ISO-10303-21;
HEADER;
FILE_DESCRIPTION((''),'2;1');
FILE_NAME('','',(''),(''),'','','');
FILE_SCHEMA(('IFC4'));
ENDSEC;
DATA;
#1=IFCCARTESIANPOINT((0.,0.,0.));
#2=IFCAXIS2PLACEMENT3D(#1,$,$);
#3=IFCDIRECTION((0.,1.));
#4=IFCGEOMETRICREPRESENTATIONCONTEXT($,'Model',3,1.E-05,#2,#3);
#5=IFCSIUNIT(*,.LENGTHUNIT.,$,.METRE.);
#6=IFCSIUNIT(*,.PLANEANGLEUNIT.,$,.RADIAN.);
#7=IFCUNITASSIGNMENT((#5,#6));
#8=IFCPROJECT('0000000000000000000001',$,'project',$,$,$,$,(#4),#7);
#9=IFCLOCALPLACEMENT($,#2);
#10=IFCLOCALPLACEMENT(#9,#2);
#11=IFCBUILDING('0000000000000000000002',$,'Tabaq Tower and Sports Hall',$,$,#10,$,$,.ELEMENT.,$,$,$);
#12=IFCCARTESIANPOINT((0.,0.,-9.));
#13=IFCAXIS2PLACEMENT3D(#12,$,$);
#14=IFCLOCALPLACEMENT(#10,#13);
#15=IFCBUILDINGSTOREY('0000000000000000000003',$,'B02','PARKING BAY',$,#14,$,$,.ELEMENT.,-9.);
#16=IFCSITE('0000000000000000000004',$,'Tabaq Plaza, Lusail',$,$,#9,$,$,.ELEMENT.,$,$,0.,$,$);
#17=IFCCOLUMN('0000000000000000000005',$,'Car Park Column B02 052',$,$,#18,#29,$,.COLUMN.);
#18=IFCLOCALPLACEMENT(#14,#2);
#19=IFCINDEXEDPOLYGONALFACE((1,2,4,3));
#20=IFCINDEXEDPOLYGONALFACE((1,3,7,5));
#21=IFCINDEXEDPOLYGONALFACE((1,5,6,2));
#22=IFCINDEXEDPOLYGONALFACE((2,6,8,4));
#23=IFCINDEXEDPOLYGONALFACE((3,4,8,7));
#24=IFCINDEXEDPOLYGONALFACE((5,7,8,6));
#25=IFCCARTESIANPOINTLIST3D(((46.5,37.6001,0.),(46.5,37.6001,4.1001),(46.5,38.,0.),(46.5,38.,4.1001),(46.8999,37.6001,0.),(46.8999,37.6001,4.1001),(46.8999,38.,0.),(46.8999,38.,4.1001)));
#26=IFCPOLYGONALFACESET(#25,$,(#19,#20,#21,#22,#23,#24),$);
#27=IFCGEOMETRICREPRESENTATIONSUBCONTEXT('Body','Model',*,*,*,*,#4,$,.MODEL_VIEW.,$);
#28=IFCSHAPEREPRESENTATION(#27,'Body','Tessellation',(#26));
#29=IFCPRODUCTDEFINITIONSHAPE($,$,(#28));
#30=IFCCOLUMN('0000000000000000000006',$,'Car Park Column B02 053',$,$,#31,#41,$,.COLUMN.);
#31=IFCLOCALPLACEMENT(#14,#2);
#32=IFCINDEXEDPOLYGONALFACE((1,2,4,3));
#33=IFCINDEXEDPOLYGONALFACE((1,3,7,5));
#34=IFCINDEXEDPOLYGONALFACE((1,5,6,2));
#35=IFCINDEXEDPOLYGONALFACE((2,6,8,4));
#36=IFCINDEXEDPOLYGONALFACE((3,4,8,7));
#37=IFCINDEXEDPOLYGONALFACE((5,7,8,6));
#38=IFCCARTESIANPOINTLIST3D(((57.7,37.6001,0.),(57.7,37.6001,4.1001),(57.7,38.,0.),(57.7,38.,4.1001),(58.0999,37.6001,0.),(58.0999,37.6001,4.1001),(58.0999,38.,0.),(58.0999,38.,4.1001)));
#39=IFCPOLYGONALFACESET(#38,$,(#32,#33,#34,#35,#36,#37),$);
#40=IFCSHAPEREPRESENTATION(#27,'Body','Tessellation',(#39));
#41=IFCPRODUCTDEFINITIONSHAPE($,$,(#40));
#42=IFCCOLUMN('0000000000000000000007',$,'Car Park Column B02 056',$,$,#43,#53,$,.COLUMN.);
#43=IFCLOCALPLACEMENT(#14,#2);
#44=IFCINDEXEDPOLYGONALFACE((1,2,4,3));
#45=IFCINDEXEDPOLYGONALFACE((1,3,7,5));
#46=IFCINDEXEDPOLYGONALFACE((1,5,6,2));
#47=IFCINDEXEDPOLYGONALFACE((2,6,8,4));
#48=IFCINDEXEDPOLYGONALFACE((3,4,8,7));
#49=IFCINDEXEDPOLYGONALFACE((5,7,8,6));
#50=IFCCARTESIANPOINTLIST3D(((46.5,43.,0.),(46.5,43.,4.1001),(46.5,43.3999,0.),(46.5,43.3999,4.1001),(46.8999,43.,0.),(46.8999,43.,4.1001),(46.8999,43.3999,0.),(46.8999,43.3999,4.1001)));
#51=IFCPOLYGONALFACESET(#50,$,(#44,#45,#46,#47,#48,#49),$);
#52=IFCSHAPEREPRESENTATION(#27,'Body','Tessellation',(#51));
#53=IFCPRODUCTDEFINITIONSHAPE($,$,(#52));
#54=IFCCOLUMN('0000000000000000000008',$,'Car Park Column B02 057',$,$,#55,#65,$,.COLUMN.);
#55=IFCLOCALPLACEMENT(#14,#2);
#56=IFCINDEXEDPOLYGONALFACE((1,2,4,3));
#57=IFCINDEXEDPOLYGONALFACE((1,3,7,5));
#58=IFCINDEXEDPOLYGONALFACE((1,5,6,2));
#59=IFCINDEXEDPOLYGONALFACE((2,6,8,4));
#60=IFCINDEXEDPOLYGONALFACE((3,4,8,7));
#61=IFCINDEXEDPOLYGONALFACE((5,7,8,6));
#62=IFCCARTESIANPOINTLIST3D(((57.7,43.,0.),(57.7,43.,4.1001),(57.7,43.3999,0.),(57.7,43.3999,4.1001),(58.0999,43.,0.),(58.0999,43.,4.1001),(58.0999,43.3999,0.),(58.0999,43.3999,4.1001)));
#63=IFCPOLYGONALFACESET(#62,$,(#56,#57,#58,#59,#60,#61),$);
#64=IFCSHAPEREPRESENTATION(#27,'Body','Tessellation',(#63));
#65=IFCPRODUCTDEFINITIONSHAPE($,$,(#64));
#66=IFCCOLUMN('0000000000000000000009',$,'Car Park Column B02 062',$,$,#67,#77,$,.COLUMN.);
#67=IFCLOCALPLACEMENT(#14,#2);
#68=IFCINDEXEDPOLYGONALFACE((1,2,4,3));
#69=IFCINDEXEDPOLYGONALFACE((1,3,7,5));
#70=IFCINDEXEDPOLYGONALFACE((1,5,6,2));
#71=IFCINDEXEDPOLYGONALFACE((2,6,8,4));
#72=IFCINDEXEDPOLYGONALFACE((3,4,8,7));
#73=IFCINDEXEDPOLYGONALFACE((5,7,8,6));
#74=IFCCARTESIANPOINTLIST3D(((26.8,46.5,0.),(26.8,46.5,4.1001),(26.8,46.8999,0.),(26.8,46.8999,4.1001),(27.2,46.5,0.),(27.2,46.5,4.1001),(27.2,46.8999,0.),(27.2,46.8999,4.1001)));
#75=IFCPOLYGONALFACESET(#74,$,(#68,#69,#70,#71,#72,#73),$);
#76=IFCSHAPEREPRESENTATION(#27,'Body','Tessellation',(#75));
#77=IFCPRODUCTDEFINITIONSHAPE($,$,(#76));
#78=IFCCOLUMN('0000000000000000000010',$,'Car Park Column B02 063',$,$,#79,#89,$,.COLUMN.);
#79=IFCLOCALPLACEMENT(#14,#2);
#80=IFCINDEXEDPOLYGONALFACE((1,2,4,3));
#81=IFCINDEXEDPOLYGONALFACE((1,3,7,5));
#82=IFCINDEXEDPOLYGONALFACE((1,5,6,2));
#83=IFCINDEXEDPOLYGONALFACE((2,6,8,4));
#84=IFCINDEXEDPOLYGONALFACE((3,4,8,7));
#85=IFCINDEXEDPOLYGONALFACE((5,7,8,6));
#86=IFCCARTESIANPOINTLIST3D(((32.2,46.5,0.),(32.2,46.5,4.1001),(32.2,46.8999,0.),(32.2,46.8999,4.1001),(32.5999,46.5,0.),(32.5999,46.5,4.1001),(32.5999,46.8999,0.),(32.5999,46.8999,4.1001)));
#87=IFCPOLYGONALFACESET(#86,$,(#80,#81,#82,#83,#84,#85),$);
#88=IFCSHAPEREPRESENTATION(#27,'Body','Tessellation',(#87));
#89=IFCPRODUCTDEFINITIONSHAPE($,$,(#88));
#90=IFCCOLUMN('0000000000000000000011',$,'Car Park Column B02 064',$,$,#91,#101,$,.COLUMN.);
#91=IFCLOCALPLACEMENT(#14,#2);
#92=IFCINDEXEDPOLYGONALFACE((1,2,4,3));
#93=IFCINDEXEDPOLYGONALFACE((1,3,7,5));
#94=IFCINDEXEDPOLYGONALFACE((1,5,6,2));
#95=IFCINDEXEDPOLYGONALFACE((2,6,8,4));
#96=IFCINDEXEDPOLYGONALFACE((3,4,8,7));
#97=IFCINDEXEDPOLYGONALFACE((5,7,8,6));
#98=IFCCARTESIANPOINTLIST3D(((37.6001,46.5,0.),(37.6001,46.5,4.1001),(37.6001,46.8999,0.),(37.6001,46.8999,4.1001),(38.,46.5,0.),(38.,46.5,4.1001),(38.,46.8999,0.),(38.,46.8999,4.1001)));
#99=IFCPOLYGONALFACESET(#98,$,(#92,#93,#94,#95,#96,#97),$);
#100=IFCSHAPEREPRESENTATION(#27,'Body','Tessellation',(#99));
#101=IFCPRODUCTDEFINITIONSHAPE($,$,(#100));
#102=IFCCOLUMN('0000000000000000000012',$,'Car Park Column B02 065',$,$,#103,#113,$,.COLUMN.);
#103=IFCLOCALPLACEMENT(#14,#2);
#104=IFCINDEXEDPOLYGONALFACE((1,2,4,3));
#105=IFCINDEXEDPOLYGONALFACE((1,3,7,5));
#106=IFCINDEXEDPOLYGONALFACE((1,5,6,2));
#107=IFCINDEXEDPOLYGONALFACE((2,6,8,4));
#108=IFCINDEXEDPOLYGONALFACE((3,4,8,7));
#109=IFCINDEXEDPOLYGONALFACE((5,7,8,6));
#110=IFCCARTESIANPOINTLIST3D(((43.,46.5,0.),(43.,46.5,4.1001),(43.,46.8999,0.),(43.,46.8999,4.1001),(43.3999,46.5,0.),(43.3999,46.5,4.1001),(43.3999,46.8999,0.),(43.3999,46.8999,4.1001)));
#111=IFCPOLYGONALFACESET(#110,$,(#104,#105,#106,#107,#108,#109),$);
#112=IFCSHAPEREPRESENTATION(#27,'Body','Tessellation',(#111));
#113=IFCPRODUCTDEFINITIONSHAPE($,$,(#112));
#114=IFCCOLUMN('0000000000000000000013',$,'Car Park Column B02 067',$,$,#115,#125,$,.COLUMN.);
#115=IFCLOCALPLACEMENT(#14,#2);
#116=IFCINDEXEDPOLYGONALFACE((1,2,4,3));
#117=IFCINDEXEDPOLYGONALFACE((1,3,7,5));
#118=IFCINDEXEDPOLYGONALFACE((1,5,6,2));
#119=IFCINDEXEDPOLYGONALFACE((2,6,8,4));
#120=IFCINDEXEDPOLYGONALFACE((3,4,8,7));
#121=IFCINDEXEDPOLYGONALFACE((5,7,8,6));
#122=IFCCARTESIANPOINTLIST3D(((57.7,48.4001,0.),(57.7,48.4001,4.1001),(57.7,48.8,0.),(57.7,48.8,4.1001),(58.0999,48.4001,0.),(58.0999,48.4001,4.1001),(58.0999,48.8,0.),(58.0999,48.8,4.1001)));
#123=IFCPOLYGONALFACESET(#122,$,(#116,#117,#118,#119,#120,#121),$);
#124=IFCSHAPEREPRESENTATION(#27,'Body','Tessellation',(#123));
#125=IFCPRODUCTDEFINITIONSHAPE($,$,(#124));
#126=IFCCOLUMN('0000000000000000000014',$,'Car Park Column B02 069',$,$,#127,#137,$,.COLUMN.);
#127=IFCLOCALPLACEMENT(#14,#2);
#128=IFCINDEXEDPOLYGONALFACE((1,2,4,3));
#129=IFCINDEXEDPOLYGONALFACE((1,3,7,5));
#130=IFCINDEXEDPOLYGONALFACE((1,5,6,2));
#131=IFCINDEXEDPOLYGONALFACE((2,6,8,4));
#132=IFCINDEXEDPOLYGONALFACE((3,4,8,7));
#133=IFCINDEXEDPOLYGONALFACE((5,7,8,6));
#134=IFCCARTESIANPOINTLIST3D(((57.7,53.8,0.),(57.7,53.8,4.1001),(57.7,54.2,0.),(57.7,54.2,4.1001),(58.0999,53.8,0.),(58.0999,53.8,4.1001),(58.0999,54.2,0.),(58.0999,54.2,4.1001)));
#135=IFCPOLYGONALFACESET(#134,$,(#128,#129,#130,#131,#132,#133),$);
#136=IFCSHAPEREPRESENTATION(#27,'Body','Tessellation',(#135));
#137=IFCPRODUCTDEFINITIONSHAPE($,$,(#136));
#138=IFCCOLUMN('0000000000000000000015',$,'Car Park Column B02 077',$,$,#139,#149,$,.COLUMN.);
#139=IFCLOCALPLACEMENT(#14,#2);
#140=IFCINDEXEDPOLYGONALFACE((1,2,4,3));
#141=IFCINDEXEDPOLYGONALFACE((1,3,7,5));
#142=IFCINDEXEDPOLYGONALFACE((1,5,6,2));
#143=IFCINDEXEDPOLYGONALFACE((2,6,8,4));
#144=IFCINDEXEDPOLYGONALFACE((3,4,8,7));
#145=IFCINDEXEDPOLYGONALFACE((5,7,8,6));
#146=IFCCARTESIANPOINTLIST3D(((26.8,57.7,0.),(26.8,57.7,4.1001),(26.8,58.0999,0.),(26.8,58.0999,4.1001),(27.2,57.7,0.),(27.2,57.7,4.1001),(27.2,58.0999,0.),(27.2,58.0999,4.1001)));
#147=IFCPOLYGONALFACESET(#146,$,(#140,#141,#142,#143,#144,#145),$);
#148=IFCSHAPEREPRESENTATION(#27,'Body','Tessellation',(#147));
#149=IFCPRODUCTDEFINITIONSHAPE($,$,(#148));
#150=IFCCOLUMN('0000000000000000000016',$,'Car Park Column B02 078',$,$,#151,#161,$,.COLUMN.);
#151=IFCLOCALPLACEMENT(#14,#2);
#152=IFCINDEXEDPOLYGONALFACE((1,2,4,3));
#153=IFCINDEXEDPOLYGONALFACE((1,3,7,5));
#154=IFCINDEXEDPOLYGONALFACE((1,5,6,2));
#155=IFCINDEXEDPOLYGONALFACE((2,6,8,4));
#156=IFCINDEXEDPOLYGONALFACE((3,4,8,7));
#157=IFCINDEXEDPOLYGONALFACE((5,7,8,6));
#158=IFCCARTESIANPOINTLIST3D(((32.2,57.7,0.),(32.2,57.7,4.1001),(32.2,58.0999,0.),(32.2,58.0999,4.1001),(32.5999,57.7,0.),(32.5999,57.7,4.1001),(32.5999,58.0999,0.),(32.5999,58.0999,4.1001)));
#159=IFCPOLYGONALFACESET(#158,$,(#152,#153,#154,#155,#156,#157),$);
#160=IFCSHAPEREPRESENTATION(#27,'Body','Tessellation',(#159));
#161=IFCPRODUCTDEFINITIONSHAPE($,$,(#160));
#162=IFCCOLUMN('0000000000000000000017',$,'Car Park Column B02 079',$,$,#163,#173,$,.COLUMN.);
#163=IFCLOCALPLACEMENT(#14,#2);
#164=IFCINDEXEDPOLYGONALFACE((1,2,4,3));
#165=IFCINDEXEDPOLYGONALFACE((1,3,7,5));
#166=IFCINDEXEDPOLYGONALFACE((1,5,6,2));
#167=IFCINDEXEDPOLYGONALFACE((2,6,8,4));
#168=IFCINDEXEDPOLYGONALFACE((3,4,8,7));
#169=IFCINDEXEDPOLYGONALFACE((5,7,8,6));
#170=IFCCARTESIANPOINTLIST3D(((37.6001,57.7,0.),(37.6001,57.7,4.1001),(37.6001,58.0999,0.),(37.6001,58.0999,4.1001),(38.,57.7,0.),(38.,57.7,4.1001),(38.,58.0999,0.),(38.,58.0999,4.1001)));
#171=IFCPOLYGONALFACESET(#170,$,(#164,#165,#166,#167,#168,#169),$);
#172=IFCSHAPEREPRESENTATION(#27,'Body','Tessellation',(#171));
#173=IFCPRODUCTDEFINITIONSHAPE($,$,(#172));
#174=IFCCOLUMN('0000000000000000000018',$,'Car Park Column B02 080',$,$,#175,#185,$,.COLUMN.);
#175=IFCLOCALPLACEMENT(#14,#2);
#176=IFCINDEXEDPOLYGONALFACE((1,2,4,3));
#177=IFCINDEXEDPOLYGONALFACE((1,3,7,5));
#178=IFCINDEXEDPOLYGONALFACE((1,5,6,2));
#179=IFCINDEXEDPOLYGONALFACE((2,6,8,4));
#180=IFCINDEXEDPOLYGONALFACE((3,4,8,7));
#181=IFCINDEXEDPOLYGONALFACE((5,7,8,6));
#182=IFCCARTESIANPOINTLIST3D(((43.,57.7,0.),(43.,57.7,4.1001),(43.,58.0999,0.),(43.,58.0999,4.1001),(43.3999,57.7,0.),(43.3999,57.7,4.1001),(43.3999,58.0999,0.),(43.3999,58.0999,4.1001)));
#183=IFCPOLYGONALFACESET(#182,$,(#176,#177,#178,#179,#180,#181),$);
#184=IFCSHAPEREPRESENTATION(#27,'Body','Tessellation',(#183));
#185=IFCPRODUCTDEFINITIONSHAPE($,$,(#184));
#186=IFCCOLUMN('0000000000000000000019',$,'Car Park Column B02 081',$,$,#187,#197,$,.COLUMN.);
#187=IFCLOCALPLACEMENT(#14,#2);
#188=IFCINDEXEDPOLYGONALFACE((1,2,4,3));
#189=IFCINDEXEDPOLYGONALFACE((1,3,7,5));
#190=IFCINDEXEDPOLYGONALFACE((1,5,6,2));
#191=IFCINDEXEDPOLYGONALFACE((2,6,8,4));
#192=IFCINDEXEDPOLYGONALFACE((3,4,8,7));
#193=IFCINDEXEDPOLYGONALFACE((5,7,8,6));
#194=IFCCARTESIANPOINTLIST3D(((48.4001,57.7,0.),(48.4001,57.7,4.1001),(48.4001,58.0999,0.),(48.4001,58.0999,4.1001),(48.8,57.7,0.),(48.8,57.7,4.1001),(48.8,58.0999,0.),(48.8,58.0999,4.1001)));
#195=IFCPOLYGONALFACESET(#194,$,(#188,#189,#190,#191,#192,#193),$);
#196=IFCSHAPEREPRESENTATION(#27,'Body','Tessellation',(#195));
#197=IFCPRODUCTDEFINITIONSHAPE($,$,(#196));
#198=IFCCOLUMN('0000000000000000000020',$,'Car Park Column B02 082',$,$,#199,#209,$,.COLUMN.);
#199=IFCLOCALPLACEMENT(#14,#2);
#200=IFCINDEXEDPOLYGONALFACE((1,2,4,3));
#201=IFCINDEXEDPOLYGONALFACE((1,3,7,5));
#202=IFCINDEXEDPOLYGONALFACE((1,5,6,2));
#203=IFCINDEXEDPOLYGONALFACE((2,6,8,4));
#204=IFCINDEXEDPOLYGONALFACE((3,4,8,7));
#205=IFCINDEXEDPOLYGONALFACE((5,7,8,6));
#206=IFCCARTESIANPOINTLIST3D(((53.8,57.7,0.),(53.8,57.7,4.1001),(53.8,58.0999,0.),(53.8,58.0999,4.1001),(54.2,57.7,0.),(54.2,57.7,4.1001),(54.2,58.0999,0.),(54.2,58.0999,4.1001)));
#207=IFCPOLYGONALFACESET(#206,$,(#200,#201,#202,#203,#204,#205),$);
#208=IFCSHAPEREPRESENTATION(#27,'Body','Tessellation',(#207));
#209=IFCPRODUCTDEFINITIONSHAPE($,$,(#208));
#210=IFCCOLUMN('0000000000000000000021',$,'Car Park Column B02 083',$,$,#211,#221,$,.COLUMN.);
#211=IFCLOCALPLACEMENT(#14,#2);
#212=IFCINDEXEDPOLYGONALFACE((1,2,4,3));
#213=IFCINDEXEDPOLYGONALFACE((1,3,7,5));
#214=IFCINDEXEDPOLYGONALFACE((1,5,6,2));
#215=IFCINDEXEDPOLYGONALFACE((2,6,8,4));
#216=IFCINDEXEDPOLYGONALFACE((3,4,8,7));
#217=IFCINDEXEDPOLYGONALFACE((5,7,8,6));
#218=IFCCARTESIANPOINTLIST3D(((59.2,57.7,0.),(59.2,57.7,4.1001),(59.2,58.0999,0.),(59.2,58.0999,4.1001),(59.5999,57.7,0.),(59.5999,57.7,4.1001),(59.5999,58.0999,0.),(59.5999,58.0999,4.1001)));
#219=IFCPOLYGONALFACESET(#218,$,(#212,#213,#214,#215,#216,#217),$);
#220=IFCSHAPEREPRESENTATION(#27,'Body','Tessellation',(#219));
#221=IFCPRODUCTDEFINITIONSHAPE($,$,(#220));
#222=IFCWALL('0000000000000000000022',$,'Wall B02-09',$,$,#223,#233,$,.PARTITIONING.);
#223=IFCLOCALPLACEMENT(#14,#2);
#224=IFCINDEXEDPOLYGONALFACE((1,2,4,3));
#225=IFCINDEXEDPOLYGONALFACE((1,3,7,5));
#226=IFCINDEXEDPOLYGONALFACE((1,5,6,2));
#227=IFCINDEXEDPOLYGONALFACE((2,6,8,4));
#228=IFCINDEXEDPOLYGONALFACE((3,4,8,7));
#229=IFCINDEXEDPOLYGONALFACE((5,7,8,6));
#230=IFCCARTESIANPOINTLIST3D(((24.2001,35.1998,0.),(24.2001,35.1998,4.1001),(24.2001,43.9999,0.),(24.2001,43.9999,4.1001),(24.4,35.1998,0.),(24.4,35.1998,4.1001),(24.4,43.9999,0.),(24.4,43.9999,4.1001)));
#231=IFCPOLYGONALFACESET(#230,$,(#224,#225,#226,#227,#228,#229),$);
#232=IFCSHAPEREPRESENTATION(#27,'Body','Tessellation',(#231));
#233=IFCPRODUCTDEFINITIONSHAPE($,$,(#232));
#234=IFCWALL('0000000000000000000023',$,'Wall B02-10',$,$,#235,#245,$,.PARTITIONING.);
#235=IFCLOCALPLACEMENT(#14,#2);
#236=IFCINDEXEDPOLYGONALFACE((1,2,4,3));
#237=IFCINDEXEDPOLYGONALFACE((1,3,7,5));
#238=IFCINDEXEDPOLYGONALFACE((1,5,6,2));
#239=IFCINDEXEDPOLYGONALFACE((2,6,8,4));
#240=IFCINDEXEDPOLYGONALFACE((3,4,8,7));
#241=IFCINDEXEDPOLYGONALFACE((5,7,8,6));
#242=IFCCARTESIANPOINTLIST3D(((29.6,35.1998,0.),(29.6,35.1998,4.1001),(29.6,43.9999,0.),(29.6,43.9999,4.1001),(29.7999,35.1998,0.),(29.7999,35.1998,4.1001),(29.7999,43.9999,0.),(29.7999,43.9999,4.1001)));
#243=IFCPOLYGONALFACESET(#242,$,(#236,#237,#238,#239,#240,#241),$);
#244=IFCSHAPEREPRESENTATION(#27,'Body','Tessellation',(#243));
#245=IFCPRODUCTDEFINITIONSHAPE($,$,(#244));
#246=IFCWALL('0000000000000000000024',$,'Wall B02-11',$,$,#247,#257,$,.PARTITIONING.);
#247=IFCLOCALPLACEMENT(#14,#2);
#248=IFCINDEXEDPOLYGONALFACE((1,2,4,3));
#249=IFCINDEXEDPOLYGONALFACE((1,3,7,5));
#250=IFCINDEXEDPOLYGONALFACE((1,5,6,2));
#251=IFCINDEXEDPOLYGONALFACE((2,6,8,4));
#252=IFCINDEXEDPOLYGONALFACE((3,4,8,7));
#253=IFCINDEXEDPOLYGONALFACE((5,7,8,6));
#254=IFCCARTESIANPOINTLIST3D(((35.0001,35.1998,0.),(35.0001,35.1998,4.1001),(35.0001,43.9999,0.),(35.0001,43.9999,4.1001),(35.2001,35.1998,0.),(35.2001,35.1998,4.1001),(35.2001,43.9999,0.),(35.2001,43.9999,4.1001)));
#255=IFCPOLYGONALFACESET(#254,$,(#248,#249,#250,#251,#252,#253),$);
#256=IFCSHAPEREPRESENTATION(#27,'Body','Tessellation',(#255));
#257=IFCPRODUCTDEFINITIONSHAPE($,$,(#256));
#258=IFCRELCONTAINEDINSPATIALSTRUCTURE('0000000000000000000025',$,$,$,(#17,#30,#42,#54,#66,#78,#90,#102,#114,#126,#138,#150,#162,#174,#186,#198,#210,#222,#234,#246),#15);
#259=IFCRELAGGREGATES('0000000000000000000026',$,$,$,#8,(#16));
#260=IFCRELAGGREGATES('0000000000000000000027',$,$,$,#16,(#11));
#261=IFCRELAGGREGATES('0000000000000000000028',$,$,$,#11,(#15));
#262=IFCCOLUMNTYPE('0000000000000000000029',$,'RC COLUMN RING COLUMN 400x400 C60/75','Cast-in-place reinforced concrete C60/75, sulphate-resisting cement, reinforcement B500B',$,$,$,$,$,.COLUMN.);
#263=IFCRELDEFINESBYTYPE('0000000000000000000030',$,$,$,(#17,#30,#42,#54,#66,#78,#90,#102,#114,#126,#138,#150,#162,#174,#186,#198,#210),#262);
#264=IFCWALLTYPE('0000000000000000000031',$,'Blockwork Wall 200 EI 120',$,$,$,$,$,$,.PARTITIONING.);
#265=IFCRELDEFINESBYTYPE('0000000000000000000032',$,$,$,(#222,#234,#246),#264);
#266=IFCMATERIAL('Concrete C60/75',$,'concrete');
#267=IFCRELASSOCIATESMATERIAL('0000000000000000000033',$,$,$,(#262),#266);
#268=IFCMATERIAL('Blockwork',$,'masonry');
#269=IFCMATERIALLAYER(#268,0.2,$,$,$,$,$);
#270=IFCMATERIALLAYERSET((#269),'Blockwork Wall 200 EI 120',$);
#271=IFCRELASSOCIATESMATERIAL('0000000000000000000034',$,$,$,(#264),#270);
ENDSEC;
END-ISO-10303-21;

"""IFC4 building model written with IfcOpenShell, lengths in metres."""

from ifc_helpers import new_model, si_unit, direction, frame, frame_2d, origin, origin_2d, place, context, subcontext, project, spatial, rectangle, extrude, material, layer, layer_set, material_profile, profile_set, type_object, element, save


model = new_model("IFC4")

# Units and contexts
model_context = context("Model", 3, precision=1e-05, world=origin(), true_north=direction((0.0, 1.0)))
body_context = subcontext(model_context, "Body", "Model", "MODEL_VIEW")
ifc_project = project(units=[si_unit("LENGTHUNIT", "METRE"), si_unit("PLANEANGLEUNIT", "RADIAN")], contexts=[model_context])

# Site, building, storey
site_placement = place(None, origin())
site = spatial("IfcSite", under=ifc_project, at=site_placement, Name="Tabaq Plaza, Lusail", CompositionType="ELEMENT", RefElevation=0.0)
building_placement = place(site_placement, origin())
building = spatial("IfcBuilding", under=site, at=building_placement, Name="Tabaq Tower and Sports Hall", CompositionType="ELEMENT")
storey_placement = place(building_placement, frame((0.0, 0.0, -9.0)))
storey = spatial("IfcBuildingStorey", under=building, at=storey_placement, Name="B02", Description="PARKING BAY", CompositionType="ELEMENT", Elevation=-9.0)

# Columns
ifc_material_1 = material(Name="Concrete C60/75", Category="concrete")
ifc_material_profile_1 = material_profile(ifc_material_1, rectangle(XDim=0.3999, YDim=0.3999, at=origin_2d()), Name="RING COLUMN 400x400")
ifc_profile_set_1 = profile_set([ifc_material_profile_1], Name="Concrete C60/75")
column_type_1 = type_object("IfcColumnType", Name="RC COLUMN RING COLUMN 400x400 C60/75", Description="Cast-in-place reinforced concrete C60/75, sulphate-resisting cement, reinforcement B500B", PredefinedType="COLUMN", material=ifc_profile_set_1)
for number, where, z_axis, x_axis, name in (
    (1, (46.7, 37.8, 0.0), (0.0, 0.0, 1.0), (1.0, 0.0, 0.0), "Car Park Column B02 052"),
    (2, (57.8999, 37.8, 0.0), (0.0, 0.0, 1.0), (1.0, 0.0, 0.0), "Car Park Column B02 053"),
    (3, (46.7, 43.2, 0.0), (0.0, 0.0, 1.0), (1.0, 0.0, 0.0), "Car Park Column B02 056"),
    (4, (57.8999, 43.2, 0.0), (0.0, 0.0, 1.0), (1.0, 0.0, 0.0), "Car Park Column B02 057"),
    (5, (27.0, 46.7, 0.0), (0.0, 0.0, 1.0), (1.0, 0.0, 0.0), "Car Park Column B02 062"),
    (6, (32.3999, 46.7, 0.0), (0.0, 0.0, 1.0), (1.0, 0.0, 0.0), "Car Park Column B02 063"),
    (7, (37.8, 46.7, 0.0), (0.0, 0.0, 1.0), (1.0, 0.0, 0.0), "Car Park Column B02 064"),
    (8, (43.2, 46.7, 0.0), (0.0, 0.0, 1.0), (1.0, 0.0, 0.0), "Car Park Column B02 065"),
    (9, (57.8999, 48.6001, 0.0), (0.0, 0.0, 1.0), (1.0, 0.0, 0.0), "Car Park Column B02 067"),
    (10, (57.8999, 54.0, 0.0), (0.0, 0.0, 1.0), (1.0, 0.0, 0.0), "Car Park Column B02 069"),
    (11, (27.0, 57.8999, 0.0), (0.0, 0.0, 1.0), (1.0, 0.0, 0.0), "Car Park Column B02 077"),
    (12, (32.3999, 57.8999, 0.0), (0.0, 0.0, 1.0), (1.0, 0.0, 0.0), "Car Park Column B02 078"),
    (13, (37.8, 57.8999, 0.0), (0.0, 0.0, 1.0), (1.0, 0.0, 0.0), "Car Park Column B02 079"),
    (14, (43.2, 57.8999, 0.0), (0.0, 0.0, 1.0), (1.0, 0.0, 0.0), "Car Park Column B02 080"),
    (15, (48.6001, 57.8999, 0.0), (0.0, 0.0, 1.0), (1.0, 0.0, 0.0), "Car Park Column B02 081"),
    (16, (54.0, 57.8999, 0.0), (0.0, 0.0, 1.0), (1.0, 0.0, 0.0), "Car Park Column B02 082"),
    (17, (59.3999, 57.8999, 0.0), (0.0, 0.0, 1.0), (1.0, 0.0, 0.0), "Car Park Column B02 083"),
):
    element("IfcColumn", number, at=place(storey_placement, frame(where, z_axis=z_axis, x_axis=x_axis)), inside=storey, type_object=column_type_1, Name=name, PredefinedType="COLUMN", context=body_context, shape_type="SweptSolid", body=[
        extrude(rectangle(XDim=0.3999, YDim=0.3999, at=origin_2d()), origin(), (0.0, 0.0, 1.0), 4.1001),
    ])

# Walls
ifc_material_2 = material(Name="Blockwork", Category="masonry")
ifc_layer = layer(ifc_material_2, 0.2)
ifc_layer_set = layer_set([ifc_layer], Name="Blockwork Wall 200 EI 120")
wall_type = type_object("IfcWallType", Name="Blockwork Wall 200 EI 120", PredefinedType="PARTITIONING", material=ifc_layer_set)
for number, where, z_axis, x_axis, name in (
    (18, (24.3, 35.2, 0.0), (0.0, 0.0, 1.0), (0.0, 1.0, 0.0), "Wall B02-09"),
    (19, (29.7, 35.2, 0.0), (0.0, 0.0, 1.0), (0.0, 1.0, 0.0), "Wall B02-10"),
    (20, (35.1001, 35.2, 0.0), (0.0, 0.0, 1.0), (0.0, 1.0, 0.0), "Wall B02-11"),
):
    element("IfcWall", number, at=place(storey_placement, frame(where, z_axis=z_axis, x_axis=x_axis)), inside=storey, type_object=wall_type, Name=name, PredefinedType="PARTITIONING", context=body_context, shape_type="SweptSolid", body=[
        extrude(rectangle(XDim=8.8, YDim=0.2, at=frame_2d((4.3999, 0.0))), origin(), (0.0, 0.0, 1.0), 4.1001),
    ])

save(model, "model.ifc")
